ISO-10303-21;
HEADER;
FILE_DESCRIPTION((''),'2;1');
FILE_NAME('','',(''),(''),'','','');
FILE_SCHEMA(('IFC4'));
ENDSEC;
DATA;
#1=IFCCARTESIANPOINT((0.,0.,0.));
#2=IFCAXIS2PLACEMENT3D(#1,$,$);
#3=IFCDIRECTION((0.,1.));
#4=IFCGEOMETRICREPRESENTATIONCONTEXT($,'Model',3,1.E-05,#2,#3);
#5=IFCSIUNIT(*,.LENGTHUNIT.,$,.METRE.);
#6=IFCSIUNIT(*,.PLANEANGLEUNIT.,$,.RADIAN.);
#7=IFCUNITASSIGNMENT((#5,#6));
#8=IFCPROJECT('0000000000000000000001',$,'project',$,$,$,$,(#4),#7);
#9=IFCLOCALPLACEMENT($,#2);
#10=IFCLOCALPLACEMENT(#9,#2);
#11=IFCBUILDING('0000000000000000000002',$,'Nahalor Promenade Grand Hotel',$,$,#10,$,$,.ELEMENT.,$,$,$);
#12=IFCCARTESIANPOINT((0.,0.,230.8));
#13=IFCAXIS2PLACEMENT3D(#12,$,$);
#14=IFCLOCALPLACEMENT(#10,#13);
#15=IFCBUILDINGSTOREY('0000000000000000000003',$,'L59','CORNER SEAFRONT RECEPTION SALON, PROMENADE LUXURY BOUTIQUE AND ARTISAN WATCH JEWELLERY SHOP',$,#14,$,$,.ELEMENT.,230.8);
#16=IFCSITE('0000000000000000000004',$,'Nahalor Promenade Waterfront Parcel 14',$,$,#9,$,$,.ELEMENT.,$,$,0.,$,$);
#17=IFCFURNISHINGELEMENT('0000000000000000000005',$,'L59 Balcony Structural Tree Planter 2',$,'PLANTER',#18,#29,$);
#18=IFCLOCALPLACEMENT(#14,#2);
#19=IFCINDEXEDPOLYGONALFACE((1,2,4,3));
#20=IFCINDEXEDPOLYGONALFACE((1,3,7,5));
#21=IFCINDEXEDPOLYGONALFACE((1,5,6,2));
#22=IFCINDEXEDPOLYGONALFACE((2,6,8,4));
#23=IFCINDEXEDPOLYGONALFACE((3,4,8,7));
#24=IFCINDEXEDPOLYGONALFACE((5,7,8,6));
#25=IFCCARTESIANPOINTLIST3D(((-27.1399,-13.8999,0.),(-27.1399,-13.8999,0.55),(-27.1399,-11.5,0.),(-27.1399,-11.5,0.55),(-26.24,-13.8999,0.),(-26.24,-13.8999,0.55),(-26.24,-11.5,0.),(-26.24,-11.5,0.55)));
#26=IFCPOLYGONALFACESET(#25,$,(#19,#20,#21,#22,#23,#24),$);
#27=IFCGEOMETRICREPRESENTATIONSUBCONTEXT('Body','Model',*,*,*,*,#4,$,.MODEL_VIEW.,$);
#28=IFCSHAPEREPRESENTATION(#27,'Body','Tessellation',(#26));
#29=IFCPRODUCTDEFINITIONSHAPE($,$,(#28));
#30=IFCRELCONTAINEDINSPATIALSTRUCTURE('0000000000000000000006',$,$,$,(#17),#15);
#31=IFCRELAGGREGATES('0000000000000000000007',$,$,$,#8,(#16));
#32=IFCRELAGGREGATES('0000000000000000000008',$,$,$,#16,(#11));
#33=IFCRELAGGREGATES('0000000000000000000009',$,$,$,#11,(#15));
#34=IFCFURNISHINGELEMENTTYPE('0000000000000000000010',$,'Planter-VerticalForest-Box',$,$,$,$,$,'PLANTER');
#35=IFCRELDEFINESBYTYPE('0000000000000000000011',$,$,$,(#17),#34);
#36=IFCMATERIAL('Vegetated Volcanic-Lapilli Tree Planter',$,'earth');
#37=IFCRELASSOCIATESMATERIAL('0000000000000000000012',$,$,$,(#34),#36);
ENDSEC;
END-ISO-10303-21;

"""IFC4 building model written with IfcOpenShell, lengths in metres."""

from ifc_helpers import new_model, si_unit, direction, frame, origin, origin_2d, place, context, subcontext, project, spatial, rectangle, extrude, source, transform, mapped, material, type_object, element, save


model = new_model("IFC4")

# Units and contexts
model_context = context("Model", 3, precision=1e-05, world=origin(), true_north=direction((0.0, 1.0)))
body_context = subcontext(model_context, "Body", "Model", "MODEL_VIEW")
ifc_project = project(units=[si_unit("LENGTHUNIT", "METRE"), si_unit("PLANEANGLEUNIT", "RADIAN")], contexts=[model_context])

# Site, building, storey
site_placement = place(None, origin())
site = spatial("IfcSite", under=ifc_project, at=site_placement, Name="Nahalor Promenade Waterfront Parcel 14", CompositionType="ELEMENT", RefElevation=0.0)
building_placement = place(site_placement, origin())
building = spatial("IfcBuilding", under=site, at=building_placement, Name="Nahalor Promenade Grand Hotel", CompositionType="ELEMENT")
storey_placement = place(building_placement, frame((0.0, 0.0, 230.8)))
storey = spatial("IfcBuildingStorey", under=building, at=storey_placement, Name="L59", Description="CORNER SEAFRONT RECEPTION SALON, PROMENADE LUXURY BOUTIQUE AND ARTISAN WATCH JEWELLERY SHOP", CompositionType="ELEMENT", Elevation=230.8)

# Furnishing element
ifc_material_1 = material(Name="Vegetated Volcanic-Lapilli Tree Planter", Category="earth")
furnishing_element_type = type_object("IfcFurnishingElementType", Name="Planter-VerticalForest-Box", ElementType="PLANTER", material=ifc_material_1)
shared_shape_1 = source(origin(), body_context, "Body", "SweptSolid", [
    extrude(rectangle(XDim=2.3999, YDim=0.8999, at=origin_2d()), origin(), (0.0, 0.0, 1.0), 0.55),
])
furnishing_placement = place(storey_placement, frame((-26.6899, -12.7, 0.0), z_axis=(0.0, 0.0, 1.0), x_axis=(0.0, 1.0, 0.0)))
element("IfcFurnishingElement", 1, at=furnishing_placement, inside=storey, type_object=furnishing_element_type, Name="L59 Balcony Structural Tree Planter 2", ObjectType="PLANTER", context=body_context, shape_type="MappedRepresentation", body=[
    mapped(shared_shape_1, transform((0.0, 0.0, 0.0), scale=1.0)),
])

save(model, "model.ifc")
